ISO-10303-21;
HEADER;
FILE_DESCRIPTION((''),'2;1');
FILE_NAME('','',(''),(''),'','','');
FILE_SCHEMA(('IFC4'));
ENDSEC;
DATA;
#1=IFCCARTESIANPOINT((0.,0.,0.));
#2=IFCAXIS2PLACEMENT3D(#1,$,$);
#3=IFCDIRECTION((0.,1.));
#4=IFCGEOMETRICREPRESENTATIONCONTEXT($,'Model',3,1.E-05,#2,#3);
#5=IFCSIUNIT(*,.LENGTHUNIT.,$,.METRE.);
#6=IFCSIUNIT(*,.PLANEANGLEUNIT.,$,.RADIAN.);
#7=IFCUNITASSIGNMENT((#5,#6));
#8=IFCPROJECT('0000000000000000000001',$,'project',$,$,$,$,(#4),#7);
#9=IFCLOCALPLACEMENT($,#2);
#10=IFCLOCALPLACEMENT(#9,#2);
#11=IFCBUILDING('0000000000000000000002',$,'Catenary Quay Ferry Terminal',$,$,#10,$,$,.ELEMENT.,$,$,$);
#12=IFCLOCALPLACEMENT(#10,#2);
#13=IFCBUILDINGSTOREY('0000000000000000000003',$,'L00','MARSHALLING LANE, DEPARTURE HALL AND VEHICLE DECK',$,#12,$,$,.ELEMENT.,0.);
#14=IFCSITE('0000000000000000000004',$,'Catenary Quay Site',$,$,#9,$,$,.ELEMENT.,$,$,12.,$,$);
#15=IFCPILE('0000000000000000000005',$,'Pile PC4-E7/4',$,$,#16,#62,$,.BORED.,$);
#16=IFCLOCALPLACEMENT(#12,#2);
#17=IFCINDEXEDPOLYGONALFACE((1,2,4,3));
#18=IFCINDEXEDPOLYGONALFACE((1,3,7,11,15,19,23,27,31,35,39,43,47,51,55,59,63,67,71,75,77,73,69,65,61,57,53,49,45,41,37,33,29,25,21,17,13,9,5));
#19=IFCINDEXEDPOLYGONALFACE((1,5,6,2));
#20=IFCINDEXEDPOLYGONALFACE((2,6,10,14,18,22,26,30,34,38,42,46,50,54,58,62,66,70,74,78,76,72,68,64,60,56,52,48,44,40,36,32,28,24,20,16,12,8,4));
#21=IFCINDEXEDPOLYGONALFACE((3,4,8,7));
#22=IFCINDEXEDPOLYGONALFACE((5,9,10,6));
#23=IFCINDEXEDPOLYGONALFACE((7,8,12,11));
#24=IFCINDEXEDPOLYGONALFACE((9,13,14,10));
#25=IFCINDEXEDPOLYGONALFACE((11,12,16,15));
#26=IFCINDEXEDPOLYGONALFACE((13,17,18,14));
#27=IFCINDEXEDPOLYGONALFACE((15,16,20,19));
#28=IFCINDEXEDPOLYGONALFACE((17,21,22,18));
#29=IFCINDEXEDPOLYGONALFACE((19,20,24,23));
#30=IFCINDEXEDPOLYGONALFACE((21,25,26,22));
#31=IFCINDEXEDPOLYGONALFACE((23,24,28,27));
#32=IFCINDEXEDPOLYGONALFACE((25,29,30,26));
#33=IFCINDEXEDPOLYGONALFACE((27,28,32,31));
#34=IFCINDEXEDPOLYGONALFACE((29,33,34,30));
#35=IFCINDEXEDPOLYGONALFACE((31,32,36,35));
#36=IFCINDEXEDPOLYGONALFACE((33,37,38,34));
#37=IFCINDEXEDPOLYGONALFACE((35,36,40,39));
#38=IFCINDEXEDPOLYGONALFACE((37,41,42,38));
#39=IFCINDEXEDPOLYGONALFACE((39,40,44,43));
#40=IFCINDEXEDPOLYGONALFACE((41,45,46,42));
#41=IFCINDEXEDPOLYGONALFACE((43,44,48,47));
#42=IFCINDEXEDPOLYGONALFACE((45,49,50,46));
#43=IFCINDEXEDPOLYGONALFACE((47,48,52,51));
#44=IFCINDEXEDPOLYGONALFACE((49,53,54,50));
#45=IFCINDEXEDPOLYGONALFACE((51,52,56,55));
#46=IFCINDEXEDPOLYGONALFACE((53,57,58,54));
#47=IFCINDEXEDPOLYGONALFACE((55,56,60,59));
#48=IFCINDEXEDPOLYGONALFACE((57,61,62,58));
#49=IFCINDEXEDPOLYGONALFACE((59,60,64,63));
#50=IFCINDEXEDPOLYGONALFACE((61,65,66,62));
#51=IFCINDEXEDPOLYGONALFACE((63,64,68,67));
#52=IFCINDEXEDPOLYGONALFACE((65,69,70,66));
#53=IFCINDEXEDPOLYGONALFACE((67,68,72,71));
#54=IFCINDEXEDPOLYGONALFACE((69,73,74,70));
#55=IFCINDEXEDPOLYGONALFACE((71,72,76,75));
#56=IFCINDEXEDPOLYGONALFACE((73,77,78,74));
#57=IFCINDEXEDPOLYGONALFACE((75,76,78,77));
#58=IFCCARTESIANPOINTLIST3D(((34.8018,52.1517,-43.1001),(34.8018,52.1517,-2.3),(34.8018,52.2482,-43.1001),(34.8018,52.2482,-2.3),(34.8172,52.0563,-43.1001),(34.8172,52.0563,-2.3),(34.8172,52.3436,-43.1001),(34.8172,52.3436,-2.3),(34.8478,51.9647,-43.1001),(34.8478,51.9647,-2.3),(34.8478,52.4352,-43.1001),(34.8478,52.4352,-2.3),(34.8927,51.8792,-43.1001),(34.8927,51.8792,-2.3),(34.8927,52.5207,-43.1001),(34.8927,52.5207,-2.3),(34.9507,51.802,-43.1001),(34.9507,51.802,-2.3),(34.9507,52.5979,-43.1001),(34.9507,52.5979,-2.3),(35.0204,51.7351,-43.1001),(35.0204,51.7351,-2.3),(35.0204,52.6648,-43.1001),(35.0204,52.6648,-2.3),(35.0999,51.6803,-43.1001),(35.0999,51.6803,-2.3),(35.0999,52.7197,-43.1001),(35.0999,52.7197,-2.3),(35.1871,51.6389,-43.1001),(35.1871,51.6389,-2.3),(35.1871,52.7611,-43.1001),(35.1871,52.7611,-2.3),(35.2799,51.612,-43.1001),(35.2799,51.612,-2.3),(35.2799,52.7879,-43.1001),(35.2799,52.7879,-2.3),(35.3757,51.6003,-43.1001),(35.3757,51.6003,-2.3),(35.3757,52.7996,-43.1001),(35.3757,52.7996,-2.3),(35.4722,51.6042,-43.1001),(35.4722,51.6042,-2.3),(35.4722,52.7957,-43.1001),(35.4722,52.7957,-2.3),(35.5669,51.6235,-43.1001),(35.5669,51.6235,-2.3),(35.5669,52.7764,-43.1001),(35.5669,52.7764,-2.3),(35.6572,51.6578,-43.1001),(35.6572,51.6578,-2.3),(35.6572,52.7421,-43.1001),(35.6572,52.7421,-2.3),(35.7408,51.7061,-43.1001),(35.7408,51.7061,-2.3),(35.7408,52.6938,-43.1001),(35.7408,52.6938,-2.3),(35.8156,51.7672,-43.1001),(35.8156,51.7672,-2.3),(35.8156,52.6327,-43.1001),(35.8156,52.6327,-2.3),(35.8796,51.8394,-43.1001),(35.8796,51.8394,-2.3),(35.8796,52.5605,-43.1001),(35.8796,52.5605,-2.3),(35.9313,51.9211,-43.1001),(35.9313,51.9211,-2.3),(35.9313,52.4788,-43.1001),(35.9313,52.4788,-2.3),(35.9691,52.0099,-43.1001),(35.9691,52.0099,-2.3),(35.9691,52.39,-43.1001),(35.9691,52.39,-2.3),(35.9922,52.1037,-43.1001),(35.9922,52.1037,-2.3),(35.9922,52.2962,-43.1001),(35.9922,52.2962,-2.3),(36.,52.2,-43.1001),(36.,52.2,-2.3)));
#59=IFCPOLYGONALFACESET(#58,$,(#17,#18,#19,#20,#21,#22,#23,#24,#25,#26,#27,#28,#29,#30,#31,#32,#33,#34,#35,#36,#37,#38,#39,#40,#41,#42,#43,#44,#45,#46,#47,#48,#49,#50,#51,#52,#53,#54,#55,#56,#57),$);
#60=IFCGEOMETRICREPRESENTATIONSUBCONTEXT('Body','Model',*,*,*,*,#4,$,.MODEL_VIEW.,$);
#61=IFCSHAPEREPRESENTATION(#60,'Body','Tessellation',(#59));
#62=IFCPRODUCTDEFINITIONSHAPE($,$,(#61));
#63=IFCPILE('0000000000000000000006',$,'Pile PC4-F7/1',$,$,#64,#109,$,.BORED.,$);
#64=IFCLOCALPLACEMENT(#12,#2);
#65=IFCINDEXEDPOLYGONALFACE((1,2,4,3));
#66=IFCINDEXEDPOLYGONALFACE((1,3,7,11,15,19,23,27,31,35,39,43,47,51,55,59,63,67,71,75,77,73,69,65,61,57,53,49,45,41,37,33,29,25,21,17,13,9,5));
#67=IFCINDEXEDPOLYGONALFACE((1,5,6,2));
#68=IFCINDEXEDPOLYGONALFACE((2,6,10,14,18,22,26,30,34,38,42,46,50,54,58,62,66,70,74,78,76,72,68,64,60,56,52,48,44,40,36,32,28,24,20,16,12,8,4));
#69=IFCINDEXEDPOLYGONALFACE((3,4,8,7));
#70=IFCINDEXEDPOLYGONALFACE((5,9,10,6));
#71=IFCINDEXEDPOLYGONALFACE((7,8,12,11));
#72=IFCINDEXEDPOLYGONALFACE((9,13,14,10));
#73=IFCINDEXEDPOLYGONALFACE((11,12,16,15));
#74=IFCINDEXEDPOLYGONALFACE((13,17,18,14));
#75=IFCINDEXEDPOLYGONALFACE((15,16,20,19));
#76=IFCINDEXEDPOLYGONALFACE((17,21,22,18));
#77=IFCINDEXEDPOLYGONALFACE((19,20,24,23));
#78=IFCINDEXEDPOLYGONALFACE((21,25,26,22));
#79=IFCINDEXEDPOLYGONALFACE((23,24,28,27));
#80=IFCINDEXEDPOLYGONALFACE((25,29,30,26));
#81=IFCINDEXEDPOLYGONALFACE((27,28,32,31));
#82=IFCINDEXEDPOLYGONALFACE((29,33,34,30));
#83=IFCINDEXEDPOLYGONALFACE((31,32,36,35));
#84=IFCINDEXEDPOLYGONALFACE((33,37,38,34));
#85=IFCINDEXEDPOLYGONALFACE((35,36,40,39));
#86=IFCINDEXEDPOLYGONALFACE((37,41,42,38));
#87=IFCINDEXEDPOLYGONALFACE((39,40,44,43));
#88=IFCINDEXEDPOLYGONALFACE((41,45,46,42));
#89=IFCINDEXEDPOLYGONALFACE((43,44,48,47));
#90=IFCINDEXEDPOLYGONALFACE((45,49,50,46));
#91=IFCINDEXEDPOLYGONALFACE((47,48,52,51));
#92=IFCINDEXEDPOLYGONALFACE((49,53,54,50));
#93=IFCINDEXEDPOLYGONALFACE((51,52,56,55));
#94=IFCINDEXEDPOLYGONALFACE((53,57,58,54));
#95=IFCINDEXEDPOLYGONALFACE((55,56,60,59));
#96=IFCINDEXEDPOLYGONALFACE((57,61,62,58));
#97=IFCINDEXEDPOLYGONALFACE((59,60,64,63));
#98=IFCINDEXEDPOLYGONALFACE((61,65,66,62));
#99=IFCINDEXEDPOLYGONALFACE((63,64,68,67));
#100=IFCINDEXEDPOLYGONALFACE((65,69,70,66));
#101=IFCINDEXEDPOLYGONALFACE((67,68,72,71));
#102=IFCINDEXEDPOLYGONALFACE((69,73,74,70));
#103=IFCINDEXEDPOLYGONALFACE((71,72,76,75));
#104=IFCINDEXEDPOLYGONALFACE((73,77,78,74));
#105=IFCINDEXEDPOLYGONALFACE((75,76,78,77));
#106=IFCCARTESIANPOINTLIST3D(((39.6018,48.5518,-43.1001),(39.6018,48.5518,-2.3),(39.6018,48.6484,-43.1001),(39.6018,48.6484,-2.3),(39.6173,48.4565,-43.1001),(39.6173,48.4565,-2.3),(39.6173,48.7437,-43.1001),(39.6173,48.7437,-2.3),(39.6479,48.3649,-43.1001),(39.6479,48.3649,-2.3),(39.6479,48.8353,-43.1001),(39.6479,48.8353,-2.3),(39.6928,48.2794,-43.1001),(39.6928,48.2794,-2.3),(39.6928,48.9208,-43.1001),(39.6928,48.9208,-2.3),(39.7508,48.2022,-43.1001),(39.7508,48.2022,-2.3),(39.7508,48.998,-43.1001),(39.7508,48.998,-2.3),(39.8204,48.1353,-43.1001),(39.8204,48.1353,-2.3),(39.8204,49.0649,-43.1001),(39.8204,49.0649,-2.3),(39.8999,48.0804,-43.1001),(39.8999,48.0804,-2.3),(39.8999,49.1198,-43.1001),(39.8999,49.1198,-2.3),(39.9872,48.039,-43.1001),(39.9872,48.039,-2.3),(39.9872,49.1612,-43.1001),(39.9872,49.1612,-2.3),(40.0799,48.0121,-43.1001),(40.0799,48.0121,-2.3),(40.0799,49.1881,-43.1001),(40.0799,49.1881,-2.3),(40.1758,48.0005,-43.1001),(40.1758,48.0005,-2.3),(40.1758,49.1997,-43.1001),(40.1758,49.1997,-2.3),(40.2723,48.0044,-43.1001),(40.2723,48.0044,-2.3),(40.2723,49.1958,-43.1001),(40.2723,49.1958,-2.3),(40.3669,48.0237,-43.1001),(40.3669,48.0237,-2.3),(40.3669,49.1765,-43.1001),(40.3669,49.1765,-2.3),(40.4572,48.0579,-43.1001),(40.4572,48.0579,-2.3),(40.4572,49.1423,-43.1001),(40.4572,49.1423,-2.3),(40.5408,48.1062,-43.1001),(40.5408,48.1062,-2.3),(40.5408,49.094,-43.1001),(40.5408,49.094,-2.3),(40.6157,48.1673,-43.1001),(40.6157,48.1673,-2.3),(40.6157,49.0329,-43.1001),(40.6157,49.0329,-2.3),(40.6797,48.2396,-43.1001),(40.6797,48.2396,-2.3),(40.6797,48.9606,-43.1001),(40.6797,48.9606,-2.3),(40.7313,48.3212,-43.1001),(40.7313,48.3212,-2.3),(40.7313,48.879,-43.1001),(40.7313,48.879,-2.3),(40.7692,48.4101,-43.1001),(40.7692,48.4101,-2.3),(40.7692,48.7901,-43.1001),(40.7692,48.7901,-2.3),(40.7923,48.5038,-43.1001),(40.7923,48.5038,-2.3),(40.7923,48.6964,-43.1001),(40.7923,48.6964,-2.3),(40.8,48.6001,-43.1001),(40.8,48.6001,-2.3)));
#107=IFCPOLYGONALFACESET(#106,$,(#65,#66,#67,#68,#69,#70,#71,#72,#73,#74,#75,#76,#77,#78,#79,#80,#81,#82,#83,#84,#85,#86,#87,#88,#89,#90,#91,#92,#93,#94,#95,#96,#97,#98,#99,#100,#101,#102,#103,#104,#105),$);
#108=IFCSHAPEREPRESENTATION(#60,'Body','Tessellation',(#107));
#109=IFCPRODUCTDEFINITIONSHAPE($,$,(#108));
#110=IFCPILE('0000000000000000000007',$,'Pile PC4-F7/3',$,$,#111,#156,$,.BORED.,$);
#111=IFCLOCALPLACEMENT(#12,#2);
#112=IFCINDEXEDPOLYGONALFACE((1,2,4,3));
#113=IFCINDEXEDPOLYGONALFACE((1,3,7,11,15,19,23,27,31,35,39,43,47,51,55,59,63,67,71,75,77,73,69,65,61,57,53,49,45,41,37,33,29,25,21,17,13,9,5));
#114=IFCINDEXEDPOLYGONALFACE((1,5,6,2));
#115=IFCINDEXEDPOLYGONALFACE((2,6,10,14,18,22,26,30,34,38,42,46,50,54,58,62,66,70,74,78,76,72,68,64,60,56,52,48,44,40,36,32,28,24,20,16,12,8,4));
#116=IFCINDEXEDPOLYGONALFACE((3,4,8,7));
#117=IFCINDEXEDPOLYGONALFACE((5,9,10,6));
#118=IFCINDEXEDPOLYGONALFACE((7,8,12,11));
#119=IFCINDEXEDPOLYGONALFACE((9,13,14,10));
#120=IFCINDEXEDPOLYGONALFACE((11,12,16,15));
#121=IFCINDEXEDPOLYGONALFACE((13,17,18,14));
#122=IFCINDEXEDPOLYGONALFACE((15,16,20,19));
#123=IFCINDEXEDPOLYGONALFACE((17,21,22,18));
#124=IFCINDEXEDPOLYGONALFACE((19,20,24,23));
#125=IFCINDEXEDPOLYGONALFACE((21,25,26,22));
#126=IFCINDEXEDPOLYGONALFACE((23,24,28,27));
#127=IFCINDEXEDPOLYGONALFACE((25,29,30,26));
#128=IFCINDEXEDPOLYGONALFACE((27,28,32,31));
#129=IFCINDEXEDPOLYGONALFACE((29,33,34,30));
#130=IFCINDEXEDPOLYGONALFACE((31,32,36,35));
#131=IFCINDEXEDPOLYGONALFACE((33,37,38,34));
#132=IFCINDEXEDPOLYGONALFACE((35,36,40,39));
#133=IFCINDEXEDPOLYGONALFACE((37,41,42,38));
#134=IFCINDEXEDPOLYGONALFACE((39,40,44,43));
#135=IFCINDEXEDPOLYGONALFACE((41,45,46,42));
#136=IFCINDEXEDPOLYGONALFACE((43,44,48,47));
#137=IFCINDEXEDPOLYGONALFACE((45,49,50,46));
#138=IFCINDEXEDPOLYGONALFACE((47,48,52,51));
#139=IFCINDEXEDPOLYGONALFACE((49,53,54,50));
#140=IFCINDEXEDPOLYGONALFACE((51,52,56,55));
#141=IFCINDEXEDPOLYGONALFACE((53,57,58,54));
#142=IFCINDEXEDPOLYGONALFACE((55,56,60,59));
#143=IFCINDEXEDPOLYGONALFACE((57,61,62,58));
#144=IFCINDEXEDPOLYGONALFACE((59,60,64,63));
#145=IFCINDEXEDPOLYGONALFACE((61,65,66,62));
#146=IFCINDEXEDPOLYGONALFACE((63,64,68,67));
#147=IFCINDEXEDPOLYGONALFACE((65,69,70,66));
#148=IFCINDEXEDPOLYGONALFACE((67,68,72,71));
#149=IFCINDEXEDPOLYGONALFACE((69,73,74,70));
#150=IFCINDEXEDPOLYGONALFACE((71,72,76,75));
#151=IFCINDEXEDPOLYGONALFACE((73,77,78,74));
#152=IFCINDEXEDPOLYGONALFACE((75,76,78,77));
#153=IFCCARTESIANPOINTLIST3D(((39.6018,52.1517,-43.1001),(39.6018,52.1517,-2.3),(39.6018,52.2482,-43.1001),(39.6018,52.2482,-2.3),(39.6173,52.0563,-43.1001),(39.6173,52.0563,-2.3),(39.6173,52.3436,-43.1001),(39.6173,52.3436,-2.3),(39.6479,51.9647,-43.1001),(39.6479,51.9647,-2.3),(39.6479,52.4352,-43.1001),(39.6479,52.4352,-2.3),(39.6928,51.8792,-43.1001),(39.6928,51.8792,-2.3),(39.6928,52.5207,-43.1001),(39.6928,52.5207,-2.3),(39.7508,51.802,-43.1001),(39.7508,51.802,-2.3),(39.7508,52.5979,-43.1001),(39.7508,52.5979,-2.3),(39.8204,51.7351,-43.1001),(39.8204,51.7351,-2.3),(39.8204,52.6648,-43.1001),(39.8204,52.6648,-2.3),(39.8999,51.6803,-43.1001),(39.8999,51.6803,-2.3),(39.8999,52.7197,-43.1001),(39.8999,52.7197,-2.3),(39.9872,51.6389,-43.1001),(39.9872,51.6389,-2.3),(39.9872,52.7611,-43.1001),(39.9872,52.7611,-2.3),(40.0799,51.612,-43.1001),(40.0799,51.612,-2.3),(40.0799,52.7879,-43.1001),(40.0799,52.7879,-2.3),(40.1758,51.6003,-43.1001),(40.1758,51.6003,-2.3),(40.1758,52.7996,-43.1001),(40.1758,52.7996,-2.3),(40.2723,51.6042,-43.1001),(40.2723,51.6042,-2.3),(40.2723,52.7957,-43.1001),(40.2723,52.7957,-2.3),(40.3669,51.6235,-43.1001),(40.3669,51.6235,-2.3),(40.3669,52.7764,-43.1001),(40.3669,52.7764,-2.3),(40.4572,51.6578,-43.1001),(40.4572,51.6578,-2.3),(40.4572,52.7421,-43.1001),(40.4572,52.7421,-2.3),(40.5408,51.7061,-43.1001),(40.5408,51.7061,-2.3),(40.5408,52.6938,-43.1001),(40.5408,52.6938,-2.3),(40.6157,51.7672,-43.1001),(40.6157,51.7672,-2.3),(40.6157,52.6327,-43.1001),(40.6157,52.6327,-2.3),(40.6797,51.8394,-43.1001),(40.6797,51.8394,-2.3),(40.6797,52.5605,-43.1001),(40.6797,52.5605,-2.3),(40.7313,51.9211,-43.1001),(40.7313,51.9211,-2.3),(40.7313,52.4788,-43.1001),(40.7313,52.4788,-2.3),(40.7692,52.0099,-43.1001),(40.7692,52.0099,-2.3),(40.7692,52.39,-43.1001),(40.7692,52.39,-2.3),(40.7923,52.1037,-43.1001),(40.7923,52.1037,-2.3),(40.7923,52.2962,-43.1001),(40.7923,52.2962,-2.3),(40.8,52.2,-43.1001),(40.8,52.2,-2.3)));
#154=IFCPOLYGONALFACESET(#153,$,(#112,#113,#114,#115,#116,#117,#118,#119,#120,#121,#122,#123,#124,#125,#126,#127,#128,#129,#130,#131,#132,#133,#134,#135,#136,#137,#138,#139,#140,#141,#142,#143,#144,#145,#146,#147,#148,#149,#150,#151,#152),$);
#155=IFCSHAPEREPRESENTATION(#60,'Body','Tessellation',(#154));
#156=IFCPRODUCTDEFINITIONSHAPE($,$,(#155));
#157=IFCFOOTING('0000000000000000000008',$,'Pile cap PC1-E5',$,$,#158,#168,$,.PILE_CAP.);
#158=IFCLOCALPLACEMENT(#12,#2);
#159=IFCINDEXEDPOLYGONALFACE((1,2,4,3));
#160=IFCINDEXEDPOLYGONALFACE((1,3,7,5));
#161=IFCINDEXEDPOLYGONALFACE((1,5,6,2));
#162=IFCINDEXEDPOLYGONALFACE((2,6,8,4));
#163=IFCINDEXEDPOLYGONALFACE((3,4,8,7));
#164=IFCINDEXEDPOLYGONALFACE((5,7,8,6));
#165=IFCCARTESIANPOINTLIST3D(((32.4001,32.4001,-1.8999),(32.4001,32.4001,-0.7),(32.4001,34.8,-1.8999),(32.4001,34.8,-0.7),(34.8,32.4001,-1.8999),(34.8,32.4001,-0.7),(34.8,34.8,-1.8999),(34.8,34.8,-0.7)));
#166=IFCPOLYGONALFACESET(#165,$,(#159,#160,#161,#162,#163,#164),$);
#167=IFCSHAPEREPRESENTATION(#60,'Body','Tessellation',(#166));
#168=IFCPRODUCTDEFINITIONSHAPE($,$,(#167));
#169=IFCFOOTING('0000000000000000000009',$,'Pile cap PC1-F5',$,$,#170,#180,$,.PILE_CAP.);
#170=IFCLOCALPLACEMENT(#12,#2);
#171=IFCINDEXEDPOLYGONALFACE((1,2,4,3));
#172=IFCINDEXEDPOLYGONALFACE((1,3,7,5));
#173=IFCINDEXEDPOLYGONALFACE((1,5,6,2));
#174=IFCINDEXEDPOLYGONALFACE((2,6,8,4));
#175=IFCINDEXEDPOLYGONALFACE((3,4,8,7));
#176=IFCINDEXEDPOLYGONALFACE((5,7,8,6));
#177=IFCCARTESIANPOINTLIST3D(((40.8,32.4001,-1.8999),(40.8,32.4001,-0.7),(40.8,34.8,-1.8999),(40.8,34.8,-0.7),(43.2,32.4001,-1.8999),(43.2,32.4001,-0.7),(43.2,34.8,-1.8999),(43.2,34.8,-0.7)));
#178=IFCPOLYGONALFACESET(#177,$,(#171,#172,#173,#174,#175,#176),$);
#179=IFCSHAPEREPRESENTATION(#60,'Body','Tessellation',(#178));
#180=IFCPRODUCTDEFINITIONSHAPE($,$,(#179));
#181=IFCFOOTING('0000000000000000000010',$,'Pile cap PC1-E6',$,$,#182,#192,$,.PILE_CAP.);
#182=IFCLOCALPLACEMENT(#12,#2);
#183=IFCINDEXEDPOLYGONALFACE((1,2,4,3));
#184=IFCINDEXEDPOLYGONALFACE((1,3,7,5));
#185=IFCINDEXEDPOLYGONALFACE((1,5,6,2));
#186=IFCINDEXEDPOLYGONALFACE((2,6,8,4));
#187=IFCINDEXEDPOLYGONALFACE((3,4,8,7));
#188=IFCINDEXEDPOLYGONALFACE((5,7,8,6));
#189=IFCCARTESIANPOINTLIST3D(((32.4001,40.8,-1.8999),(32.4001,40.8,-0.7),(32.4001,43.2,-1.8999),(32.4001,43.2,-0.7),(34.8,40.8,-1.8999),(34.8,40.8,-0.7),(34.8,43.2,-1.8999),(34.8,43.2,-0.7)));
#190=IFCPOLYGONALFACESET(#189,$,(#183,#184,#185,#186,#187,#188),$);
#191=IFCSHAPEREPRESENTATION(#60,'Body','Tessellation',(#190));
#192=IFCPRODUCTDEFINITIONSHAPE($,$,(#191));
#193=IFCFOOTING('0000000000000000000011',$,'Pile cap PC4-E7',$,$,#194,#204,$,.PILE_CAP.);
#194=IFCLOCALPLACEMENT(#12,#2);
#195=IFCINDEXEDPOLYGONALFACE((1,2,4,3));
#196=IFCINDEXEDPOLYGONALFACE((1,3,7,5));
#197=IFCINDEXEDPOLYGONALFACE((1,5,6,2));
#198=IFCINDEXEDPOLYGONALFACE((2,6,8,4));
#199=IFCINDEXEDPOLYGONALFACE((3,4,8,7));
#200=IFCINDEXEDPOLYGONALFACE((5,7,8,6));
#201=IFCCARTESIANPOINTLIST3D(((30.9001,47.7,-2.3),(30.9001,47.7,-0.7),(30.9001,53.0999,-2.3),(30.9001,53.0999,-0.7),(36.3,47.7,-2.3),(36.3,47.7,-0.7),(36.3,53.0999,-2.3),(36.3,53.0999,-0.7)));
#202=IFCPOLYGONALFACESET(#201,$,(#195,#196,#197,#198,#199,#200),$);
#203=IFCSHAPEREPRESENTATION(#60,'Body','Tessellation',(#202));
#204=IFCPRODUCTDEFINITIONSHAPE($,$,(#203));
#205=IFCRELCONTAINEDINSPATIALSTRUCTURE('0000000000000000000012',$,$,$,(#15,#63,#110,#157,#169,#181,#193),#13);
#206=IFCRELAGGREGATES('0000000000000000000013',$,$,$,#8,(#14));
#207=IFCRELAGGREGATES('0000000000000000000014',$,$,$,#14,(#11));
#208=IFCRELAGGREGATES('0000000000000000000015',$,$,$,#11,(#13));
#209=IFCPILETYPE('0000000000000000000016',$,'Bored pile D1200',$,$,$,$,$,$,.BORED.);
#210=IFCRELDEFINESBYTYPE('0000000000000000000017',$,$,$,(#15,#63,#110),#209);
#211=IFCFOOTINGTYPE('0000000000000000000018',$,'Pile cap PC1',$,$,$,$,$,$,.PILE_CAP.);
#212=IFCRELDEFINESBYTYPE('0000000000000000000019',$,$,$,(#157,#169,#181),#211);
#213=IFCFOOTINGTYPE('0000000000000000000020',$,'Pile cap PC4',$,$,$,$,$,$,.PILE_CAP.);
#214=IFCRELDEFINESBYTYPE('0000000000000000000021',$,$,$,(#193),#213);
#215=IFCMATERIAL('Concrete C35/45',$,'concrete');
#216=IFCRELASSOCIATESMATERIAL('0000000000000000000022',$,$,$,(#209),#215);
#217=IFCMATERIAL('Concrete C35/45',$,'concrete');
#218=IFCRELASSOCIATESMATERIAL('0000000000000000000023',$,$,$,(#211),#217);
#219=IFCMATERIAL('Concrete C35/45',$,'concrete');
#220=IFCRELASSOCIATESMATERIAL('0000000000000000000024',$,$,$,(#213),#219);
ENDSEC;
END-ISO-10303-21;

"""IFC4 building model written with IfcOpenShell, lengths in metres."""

from ifc_helpers import new_model, si_unit, direction, frame, origin, origin_2d, place, context, subcontext, project, spatial, rectangle, circle, extrude, material, material_profile, profile_set, type_object, element, save


model = new_model("IFC4")

# Units and contexts
model_context = context("Model", 3, precision=1e-05, world=origin(), true_north=direction((0.0, 1.0)))
body_context = subcontext(model_context, "Body", "Model", "MODEL_VIEW")
ifc_project = project(units=[si_unit("LENGTHUNIT", "METRE"), si_unit("PLANEANGLEUNIT", "RADIAN")], contexts=[model_context])

# Site, building, storey
site_placement = place(None, origin())
site = spatial("IfcSite", under=ifc_project, at=site_placement, Name="Catenary Quay Site", CompositionType="ELEMENT", RefElevation=12.0)
building_placement = place(site_placement, origin())
building = spatial("IfcBuilding", under=site, at=building_placement, Name="Catenary Quay Ferry Terminal", CompositionType="ELEMENT")
storey_placement = place(building_placement, origin())
storey = spatial("IfcBuildingStorey", under=building, at=storey_placement, Name="L00", Description="MARSHALLING LANE, DEPARTURE HALL AND VEHICLE DECK", CompositionType="ELEMENT", Elevation=0.0)

# Piles
ifc_material_1 = material(Name="Concrete C35/45", Category="concrete")
ifc_material_profile_1 = material_profile(ifc_material_1, circle(Radius=0.6001, at=origin_2d()), Name="D1200")
ifc_profile_set_1 = profile_set([ifc_material_profile_1], Name="Concrete C35/45")
pile_type = type_object("IfcPileType", Name="Bored pile D1200", PredefinedType="BORED", material=ifc_profile_set_1)
for number, where, z_axis, x_axis, name in (
    (1, (35.3999, 52.2, -2.3), (0.0, 0.0, -1.0), (1.0, 0.0, 0.0), "Pile PC4-E7/4"),
    (2, (40.2, 48.6001, -2.3), (0.0, 0.0, -1.0), (1.0, 0.0, 0.0), "Pile PC4-F7/1"),
    (3, (40.2, 52.2, -2.3), (0.0, 0.0, -1.0), (1.0, 0.0, 0.0), "Pile PC4-F7/3"),
):
    element("IfcPile", number, at=place(storey_placement, frame(where, z_axis=z_axis, x_axis=x_axis)), inside=storey, type_object=pile_type, Name=name, PredefinedType="BORED", context=body_context, shape_type="SweptSolid", body=[
        extrude(circle(Radius=0.6001, at=origin_2d()), origin(), (0.0, 0.0, 1.0), 40.8),
    ])

# Footings
ifc_material_2 = material(Name="Concrete C35/45", Category="concrete")
footing_type_1 = type_object("IfcFootingType", Name="Pile cap PC1", PredefinedType="PILE_CAP", material=ifc_material_2)
for number, where, z_axis, x_axis, name in (
    (4, (33.6001, 33.6001, -1.8999), (0.0, 0.0, 1.0), (1.0, 0.0, 0.0), "Pile cap PC1-E5"),
    (5, (42.0, 33.6001, -1.8999), (0.0, 0.0, 1.0), (1.0, 0.0, 0.0), "Pile cap PC1-F5"),
    (6, (33.6001, 42.0, -1.8999), (0.0, 0.0, 1.0), (1.0, 0.0, 0.0), "Pile cap PC1-E6"),
):
    element("IfcFooting", number, at=place(storey_placement, frame(where, z_axis=z_axis, x_axis=x_axis)), inside=storey, type_object=footing_type_1, Name=name, PredefinedType="PILE_CAP", context=body_context, shape_type="SweptSolid", body=[
        extrude(rectangle(XDim=2.3999, YDim=2.3999, at=origin_2d()), origin(), (0.0, 0.0, 1.0), 1.2),
    ])
ifc_material_3 = material(Name="Concrete C35/45", Category="concrete")
footing_type_2 = type_object("IfcFootingType", Name="Pile cap PC4", PredefinedType="PILE_CAP", material=ifc_material_3)
footing_placement = place(storey_placement, frame((33.6001, 50.3999, -2.3), z_axis=(0.0, 0.0, 1.0), x_axis=(1.0, 0.0, 0.0)))
element("IfcFooting", 7, at=footing_placement, inside=storey, type_object=footing_type_2, Name="Pile cap PC4-E7", PredefinedType="PILE_CAP", context=body_context, shape_type="SweptSolid", body=[
    extrude(rectangle(XDim=5.3999, YDim=5.3999, at=origin_2d()), origin(), (0.0, 0.0, 1.0), 1.6001),
])

save(model, "model.ifc")
